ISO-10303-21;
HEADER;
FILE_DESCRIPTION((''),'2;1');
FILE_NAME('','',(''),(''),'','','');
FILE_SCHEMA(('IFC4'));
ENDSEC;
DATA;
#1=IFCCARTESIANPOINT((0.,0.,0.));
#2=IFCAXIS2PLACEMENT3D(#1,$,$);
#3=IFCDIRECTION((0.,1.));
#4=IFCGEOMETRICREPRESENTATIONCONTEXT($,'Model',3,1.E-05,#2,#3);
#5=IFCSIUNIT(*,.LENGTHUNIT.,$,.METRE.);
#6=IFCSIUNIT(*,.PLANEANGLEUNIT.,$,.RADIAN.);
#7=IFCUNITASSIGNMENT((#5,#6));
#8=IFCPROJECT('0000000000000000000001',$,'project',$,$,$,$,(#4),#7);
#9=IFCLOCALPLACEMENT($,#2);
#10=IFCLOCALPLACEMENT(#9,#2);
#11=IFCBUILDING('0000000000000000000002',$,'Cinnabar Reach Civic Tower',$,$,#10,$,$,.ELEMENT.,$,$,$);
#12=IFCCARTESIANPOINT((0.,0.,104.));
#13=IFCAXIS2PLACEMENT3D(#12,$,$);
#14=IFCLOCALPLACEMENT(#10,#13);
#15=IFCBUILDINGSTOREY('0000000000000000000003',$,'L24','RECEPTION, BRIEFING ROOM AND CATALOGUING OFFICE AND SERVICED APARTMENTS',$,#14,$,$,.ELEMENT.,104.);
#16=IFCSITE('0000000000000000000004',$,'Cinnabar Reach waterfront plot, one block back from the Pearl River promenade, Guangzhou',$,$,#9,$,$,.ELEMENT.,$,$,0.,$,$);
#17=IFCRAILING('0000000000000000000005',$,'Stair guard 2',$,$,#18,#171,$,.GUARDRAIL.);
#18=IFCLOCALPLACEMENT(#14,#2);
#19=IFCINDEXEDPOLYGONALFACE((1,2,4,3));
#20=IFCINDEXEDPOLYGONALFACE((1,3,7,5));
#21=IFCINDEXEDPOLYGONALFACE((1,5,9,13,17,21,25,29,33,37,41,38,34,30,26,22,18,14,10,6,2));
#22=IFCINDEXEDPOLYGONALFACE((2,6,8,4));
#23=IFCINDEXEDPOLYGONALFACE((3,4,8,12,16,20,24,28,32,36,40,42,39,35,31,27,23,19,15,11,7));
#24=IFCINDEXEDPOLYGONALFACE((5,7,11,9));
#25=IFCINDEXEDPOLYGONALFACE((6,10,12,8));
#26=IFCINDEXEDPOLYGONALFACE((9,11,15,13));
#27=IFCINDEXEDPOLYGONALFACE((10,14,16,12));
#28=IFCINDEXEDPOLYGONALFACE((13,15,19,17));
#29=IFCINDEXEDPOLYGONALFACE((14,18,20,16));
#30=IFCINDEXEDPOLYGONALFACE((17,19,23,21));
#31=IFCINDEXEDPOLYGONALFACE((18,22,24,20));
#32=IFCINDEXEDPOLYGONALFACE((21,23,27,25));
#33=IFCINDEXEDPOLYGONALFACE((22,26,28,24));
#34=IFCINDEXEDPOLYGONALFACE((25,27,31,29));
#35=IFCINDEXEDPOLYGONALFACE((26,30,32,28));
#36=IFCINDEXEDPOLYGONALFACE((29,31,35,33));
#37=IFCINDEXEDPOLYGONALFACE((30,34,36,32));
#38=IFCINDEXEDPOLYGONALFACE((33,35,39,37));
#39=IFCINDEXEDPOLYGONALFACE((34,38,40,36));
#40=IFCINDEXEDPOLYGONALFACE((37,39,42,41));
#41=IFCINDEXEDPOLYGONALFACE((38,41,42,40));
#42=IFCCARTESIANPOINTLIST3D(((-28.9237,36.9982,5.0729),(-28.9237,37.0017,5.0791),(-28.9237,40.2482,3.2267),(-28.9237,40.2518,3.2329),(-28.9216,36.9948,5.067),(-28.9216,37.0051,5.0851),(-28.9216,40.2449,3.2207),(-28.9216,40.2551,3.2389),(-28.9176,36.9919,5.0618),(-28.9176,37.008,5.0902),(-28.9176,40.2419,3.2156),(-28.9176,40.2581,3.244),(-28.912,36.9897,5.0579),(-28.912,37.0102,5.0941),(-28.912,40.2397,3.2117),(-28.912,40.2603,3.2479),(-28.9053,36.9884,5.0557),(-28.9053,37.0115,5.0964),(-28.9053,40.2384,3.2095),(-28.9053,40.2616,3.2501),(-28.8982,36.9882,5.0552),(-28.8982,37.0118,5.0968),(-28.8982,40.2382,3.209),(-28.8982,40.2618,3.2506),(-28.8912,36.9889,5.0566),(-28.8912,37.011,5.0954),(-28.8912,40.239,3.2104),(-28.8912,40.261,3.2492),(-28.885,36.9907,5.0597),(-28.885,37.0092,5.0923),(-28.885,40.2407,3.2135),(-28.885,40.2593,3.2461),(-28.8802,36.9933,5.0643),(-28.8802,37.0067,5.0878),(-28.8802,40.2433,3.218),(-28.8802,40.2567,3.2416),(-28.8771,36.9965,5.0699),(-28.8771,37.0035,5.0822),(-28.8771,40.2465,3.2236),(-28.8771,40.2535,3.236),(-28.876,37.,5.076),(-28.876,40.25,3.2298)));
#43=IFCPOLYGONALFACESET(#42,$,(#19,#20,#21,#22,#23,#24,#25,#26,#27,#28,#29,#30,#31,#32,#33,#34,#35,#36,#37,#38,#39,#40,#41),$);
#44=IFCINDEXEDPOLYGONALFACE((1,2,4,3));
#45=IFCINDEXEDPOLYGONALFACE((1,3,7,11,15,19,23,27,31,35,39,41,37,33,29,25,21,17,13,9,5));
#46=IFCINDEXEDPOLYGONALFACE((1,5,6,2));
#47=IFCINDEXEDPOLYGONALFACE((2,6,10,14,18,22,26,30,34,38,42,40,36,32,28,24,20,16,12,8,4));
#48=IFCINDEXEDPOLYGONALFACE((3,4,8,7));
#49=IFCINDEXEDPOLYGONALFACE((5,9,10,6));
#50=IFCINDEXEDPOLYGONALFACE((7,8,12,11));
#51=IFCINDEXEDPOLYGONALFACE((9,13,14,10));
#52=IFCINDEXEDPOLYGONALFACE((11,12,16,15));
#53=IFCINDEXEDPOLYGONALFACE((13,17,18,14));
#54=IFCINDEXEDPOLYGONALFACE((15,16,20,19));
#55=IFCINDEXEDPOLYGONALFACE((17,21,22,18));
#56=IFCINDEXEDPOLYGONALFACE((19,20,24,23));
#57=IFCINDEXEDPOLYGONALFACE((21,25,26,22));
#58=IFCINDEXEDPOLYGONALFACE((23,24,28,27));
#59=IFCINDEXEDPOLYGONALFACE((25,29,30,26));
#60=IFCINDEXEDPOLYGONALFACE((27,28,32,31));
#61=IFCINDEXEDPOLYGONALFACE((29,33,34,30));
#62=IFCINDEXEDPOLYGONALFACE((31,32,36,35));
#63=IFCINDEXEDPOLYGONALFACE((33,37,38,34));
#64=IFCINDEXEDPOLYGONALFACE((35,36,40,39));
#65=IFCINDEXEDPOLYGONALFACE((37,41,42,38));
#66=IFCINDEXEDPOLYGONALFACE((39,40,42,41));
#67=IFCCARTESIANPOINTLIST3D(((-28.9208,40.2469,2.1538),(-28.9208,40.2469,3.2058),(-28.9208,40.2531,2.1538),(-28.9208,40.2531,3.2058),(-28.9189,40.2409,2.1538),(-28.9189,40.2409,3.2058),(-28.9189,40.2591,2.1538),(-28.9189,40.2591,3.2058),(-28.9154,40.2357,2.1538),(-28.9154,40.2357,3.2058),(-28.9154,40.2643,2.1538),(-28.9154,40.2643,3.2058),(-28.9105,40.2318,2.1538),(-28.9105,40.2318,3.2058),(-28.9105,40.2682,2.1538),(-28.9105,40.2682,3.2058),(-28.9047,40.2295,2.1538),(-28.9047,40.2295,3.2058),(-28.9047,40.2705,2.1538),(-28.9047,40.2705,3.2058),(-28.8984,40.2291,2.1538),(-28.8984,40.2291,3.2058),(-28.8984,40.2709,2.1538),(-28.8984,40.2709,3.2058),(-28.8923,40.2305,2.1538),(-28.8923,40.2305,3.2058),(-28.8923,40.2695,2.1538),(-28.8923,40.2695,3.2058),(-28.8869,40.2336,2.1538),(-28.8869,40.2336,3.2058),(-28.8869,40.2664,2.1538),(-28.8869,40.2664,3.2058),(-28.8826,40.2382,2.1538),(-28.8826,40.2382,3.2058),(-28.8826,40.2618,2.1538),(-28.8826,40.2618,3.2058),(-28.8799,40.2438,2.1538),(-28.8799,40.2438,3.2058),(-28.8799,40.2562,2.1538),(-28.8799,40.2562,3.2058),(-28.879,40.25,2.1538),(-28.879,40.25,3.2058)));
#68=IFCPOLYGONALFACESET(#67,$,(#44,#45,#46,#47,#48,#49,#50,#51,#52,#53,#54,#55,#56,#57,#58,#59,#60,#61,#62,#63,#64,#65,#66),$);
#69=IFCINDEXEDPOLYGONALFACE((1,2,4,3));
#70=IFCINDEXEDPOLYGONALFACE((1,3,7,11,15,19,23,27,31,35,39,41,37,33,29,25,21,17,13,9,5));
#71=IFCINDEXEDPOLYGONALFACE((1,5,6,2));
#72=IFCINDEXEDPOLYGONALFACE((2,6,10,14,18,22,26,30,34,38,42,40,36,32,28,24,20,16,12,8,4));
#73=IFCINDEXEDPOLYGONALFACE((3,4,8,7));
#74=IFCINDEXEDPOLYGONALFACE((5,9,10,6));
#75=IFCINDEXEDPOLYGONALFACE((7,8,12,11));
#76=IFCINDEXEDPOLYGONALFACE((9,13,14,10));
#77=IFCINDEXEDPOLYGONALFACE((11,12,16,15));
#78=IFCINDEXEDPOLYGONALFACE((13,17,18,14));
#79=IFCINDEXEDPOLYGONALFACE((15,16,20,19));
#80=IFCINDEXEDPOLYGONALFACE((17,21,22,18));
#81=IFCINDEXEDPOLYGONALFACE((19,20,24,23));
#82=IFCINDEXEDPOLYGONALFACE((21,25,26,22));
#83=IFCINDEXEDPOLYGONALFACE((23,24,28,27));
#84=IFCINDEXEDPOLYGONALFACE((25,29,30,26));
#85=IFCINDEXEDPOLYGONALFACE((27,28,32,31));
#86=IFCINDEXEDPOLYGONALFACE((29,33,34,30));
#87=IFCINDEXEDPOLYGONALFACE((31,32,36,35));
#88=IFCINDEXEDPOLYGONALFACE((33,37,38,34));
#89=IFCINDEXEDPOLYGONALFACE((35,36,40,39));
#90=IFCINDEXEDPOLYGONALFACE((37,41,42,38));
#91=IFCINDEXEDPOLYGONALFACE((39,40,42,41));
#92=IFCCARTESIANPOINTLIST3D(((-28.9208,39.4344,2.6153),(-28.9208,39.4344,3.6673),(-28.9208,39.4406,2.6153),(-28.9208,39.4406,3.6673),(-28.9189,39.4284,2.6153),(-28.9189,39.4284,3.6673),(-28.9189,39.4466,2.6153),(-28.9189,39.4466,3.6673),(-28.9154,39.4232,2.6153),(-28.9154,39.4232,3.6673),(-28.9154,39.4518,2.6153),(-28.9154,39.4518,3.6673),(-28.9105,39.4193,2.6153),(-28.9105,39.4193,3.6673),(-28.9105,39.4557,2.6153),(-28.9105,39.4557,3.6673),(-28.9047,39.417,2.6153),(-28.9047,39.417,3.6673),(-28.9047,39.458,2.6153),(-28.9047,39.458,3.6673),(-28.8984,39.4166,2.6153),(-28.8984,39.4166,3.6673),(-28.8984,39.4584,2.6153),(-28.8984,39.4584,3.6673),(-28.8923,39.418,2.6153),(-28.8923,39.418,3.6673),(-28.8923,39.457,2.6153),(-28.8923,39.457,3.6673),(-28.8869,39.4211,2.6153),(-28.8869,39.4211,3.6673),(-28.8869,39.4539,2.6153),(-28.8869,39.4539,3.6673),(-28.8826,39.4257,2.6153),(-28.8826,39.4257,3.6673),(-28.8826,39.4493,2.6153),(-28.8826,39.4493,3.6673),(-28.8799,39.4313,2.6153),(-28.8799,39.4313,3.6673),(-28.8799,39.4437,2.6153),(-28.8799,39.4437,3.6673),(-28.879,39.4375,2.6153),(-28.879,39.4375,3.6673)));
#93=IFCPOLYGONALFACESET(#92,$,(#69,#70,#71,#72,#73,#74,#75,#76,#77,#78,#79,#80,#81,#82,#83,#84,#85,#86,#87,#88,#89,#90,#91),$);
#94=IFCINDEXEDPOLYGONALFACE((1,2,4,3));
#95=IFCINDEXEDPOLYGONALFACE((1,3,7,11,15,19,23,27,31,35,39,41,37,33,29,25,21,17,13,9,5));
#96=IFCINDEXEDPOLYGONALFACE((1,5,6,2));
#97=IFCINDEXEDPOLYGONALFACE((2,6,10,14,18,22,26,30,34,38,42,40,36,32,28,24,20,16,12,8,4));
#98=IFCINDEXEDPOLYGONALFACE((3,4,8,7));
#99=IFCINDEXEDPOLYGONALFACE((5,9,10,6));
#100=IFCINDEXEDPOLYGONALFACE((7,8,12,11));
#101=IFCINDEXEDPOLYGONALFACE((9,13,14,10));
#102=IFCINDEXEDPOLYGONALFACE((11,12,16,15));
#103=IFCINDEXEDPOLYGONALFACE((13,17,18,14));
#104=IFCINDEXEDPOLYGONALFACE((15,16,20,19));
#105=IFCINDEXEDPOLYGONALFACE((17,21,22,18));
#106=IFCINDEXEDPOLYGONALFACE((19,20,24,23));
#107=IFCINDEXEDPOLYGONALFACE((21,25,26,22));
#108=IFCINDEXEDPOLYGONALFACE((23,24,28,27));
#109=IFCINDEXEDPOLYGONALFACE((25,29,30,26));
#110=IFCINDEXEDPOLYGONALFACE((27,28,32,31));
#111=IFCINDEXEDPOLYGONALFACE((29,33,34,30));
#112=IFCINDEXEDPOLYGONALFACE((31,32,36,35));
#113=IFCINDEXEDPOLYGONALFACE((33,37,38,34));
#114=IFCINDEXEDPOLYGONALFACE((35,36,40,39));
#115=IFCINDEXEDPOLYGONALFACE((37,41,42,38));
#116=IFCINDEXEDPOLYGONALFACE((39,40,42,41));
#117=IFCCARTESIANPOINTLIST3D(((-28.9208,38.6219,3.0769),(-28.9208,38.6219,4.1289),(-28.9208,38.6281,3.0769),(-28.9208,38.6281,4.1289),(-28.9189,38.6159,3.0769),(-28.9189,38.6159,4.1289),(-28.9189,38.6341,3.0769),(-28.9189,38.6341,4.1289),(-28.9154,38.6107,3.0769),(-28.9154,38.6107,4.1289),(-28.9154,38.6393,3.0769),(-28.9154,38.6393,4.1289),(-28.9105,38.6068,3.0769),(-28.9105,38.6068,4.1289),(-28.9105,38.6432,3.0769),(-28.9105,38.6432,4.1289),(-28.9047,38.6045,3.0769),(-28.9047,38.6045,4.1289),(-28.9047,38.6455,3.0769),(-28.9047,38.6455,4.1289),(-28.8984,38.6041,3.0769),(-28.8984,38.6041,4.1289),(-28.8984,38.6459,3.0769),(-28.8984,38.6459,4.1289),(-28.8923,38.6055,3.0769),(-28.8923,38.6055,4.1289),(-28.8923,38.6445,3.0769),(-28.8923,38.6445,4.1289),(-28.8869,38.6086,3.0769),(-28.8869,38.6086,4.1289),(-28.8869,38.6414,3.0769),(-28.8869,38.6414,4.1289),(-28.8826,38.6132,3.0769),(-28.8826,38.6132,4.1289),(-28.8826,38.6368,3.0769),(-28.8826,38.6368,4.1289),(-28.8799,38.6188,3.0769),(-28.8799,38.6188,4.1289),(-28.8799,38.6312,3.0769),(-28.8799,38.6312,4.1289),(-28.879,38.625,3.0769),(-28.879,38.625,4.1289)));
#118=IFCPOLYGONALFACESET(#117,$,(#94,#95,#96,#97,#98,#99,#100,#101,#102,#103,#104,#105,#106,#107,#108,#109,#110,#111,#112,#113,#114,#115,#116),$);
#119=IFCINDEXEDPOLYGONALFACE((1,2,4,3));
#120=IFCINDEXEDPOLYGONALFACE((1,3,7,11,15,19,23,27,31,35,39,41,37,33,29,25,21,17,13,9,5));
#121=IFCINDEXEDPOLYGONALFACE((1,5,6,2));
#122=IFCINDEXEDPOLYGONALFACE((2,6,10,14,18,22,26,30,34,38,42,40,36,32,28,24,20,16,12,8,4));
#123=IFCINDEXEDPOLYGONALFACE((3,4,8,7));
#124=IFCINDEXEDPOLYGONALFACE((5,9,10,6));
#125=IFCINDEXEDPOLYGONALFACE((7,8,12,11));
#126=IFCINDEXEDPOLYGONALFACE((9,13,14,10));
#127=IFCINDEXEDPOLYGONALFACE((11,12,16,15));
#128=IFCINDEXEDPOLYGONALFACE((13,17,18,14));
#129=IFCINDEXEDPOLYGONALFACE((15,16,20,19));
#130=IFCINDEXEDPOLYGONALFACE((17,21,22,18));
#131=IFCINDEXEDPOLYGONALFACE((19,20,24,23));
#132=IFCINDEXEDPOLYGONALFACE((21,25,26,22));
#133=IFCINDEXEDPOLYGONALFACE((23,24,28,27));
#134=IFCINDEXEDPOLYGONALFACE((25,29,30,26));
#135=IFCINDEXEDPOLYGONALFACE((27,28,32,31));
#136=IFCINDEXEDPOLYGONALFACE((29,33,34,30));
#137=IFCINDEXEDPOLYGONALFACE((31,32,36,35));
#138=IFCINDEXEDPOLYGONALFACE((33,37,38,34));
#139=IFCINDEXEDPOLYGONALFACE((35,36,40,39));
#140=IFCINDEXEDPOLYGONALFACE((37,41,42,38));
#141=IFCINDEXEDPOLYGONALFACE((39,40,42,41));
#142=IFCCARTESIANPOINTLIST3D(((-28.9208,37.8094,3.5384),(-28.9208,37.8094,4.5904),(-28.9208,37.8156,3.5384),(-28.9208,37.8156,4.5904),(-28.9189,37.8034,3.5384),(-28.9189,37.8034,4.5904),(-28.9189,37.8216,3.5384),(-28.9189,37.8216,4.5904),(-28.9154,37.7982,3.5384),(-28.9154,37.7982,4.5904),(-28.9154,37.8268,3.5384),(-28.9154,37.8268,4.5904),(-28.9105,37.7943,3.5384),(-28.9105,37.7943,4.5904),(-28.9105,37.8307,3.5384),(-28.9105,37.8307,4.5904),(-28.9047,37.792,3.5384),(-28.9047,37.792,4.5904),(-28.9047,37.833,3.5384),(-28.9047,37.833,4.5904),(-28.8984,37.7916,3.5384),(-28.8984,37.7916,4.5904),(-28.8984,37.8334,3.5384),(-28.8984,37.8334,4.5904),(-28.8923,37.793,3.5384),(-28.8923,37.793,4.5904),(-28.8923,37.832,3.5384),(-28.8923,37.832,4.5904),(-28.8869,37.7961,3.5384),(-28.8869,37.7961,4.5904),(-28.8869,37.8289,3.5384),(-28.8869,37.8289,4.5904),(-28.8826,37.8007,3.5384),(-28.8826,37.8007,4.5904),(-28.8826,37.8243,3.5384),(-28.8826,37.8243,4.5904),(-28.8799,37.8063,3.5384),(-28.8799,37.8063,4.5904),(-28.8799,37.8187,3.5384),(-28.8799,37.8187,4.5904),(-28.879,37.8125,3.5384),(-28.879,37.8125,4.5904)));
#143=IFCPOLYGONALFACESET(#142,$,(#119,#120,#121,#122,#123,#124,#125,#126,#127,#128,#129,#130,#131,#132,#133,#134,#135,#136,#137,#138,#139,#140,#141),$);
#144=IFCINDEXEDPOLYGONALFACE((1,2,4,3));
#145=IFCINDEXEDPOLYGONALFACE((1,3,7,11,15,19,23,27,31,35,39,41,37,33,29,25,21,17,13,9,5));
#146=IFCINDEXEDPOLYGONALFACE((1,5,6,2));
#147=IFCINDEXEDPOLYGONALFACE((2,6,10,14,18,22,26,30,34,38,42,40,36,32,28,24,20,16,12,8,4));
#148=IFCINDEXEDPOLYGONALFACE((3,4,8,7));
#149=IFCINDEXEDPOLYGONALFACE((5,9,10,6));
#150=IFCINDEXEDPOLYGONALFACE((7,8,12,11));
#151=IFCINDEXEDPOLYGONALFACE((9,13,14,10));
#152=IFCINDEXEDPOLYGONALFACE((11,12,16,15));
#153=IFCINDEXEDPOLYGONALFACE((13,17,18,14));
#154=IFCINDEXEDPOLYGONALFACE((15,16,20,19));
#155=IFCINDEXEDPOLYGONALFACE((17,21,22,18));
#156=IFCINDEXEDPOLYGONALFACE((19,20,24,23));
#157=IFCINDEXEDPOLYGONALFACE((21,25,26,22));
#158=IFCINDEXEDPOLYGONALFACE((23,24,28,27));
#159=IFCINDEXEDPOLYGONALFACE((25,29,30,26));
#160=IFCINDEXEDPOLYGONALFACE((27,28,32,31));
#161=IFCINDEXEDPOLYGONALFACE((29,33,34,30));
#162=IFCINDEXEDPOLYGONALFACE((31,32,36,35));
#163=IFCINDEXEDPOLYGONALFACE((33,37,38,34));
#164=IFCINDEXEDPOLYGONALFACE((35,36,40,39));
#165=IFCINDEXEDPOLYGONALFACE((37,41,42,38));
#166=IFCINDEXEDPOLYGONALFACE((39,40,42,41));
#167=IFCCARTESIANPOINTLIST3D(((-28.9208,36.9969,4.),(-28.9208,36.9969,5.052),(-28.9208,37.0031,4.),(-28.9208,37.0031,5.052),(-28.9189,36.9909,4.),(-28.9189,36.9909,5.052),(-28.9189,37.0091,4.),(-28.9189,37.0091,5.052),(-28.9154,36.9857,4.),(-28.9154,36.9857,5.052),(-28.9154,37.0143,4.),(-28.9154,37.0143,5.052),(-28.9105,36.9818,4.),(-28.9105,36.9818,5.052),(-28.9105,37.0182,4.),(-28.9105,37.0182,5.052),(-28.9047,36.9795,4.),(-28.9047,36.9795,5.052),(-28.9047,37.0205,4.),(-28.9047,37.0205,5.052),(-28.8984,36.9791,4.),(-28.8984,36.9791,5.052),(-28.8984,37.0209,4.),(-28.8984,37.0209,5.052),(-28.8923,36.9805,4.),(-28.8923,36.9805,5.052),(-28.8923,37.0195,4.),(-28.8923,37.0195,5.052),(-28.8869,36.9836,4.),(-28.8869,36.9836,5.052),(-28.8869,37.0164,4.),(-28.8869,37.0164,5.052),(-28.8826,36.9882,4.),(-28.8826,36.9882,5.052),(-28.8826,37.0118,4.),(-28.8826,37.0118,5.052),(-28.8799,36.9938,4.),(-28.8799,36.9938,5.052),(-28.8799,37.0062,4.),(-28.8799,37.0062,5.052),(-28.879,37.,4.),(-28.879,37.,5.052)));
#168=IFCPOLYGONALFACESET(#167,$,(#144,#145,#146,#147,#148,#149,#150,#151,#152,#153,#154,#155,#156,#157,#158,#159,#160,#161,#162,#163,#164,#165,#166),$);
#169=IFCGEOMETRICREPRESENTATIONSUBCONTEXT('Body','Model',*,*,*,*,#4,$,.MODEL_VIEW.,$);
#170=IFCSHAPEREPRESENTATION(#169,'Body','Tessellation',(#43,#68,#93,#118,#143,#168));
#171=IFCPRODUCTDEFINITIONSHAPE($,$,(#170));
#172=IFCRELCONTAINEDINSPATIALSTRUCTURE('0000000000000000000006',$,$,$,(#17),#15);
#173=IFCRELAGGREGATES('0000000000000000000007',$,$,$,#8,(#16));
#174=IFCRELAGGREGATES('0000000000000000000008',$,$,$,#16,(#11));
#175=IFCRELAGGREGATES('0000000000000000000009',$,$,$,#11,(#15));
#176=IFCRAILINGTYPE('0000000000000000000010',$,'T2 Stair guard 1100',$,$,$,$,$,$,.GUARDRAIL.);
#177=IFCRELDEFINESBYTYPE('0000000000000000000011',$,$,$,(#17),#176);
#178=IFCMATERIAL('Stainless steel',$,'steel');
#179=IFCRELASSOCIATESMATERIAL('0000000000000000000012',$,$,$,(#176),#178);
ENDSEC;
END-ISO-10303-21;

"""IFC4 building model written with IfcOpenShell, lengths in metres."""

from ifc_helpers import new_model, si_unit, direction, frame, origin, origin_2d, place, context, subcontext, project, spatial, circle, extrude, material, type_object, element, save


model = new_model("IFC4")

# Units and contexts
model_context = context("Model", 3, precision=1e-05, world=origin(), true_north=direction((0.0, 1.0)))
body_context = subcontext(model_context, "Body", "Model", "MODEL_VIEW")
ifc_project = project(units=[si_unit("LENGTHUNIT", "METRE"), si_unit("PLANEANGLEUNIT", "RADIAN")], contexts=[model_context])

# Site, building, storey
site_placement = place(None, origin())
site = spatial("IfcSite", under=ifc_project, at=site_placement, Name="Cinnabar Reach waterfront plot, one block back from the Pearl River promenade, Guangzhou", CompositionType="ELEMENT", RefElevation=0.0)
building_placement = place(site_placement, origin())
building = spatial("IfcBuilding", under=site, at=building_placement, Name="Cinnabar Reach Civic Tower", CompositionType="ELEMENT")
storey_placement = place(building_placement, frame((0.0, 0.0, 104.0)))
storey = spatial("IfcBuildingStorey", under=building, at=storey_placement, Name="L24", Description="RECEPTION, BRIEFING ROOM AND CATALOGUING OFFICE AND SERVICED APARTMENTS", CompositionType="ELEMENT", Elevation=104.0)

# Railing
ifc_material_1 = material(Name="Stainless steel", Category="steel")
railing_type = type_object("IfcRailingType", Name="T2 Stair guard 1100", PredefinedType="GUARDRAIL", material=ifc_material_1)
railing_1_placement = place(storey_placement, frame((-28.9, 40.25, 2.1538)))
element("IfcRailing", 1, at=railing_1_placement, inside=storey, type_object=railing_type, Name="Stair guard 2", PredefinedType="GUARDRAIL", context=body_context, shape_type="SweptSolid", body=[
    extrude(circle(Radius=0.024, at=origin_2d()), frame((0.0, 0.0, 1.076), z_axis=(0.0, -0.869501, 0.49393), x_axis=(1.0, 0.0, 0.0)), (0.0, 0.0, 1.0), 3.7378),
    extrude(circle(Radius=0.021, at=origin_2d()), origin(), (0.0, 0.0, 1.0), 1.052),
    extrude(circle(Radius=0.021, at=origin_2d()), frame((0.0, -0.8125, 0.4615)), (0.0, 0.0, 1.0), 1.052),
    extrude(circle(Radius=0.021, at=origin_2d()), frame((0.0, -1.625, 0.9231)), (0.0, 0.0, 1.0), 1.052),
    extrude(circle(Radius=0.021, at=origin_2d()), frame((0.0, -2.4375, 1.3846)), (0.0, 0.0, 1.0), 1.052),
    extrude(circle(Radius=0.021, at=origin_2d()), frame((0.0, -3.25, 1.8462)), (0.0, 0.0, 1.0), 1.052),
])

save(model, "model.ifc")
